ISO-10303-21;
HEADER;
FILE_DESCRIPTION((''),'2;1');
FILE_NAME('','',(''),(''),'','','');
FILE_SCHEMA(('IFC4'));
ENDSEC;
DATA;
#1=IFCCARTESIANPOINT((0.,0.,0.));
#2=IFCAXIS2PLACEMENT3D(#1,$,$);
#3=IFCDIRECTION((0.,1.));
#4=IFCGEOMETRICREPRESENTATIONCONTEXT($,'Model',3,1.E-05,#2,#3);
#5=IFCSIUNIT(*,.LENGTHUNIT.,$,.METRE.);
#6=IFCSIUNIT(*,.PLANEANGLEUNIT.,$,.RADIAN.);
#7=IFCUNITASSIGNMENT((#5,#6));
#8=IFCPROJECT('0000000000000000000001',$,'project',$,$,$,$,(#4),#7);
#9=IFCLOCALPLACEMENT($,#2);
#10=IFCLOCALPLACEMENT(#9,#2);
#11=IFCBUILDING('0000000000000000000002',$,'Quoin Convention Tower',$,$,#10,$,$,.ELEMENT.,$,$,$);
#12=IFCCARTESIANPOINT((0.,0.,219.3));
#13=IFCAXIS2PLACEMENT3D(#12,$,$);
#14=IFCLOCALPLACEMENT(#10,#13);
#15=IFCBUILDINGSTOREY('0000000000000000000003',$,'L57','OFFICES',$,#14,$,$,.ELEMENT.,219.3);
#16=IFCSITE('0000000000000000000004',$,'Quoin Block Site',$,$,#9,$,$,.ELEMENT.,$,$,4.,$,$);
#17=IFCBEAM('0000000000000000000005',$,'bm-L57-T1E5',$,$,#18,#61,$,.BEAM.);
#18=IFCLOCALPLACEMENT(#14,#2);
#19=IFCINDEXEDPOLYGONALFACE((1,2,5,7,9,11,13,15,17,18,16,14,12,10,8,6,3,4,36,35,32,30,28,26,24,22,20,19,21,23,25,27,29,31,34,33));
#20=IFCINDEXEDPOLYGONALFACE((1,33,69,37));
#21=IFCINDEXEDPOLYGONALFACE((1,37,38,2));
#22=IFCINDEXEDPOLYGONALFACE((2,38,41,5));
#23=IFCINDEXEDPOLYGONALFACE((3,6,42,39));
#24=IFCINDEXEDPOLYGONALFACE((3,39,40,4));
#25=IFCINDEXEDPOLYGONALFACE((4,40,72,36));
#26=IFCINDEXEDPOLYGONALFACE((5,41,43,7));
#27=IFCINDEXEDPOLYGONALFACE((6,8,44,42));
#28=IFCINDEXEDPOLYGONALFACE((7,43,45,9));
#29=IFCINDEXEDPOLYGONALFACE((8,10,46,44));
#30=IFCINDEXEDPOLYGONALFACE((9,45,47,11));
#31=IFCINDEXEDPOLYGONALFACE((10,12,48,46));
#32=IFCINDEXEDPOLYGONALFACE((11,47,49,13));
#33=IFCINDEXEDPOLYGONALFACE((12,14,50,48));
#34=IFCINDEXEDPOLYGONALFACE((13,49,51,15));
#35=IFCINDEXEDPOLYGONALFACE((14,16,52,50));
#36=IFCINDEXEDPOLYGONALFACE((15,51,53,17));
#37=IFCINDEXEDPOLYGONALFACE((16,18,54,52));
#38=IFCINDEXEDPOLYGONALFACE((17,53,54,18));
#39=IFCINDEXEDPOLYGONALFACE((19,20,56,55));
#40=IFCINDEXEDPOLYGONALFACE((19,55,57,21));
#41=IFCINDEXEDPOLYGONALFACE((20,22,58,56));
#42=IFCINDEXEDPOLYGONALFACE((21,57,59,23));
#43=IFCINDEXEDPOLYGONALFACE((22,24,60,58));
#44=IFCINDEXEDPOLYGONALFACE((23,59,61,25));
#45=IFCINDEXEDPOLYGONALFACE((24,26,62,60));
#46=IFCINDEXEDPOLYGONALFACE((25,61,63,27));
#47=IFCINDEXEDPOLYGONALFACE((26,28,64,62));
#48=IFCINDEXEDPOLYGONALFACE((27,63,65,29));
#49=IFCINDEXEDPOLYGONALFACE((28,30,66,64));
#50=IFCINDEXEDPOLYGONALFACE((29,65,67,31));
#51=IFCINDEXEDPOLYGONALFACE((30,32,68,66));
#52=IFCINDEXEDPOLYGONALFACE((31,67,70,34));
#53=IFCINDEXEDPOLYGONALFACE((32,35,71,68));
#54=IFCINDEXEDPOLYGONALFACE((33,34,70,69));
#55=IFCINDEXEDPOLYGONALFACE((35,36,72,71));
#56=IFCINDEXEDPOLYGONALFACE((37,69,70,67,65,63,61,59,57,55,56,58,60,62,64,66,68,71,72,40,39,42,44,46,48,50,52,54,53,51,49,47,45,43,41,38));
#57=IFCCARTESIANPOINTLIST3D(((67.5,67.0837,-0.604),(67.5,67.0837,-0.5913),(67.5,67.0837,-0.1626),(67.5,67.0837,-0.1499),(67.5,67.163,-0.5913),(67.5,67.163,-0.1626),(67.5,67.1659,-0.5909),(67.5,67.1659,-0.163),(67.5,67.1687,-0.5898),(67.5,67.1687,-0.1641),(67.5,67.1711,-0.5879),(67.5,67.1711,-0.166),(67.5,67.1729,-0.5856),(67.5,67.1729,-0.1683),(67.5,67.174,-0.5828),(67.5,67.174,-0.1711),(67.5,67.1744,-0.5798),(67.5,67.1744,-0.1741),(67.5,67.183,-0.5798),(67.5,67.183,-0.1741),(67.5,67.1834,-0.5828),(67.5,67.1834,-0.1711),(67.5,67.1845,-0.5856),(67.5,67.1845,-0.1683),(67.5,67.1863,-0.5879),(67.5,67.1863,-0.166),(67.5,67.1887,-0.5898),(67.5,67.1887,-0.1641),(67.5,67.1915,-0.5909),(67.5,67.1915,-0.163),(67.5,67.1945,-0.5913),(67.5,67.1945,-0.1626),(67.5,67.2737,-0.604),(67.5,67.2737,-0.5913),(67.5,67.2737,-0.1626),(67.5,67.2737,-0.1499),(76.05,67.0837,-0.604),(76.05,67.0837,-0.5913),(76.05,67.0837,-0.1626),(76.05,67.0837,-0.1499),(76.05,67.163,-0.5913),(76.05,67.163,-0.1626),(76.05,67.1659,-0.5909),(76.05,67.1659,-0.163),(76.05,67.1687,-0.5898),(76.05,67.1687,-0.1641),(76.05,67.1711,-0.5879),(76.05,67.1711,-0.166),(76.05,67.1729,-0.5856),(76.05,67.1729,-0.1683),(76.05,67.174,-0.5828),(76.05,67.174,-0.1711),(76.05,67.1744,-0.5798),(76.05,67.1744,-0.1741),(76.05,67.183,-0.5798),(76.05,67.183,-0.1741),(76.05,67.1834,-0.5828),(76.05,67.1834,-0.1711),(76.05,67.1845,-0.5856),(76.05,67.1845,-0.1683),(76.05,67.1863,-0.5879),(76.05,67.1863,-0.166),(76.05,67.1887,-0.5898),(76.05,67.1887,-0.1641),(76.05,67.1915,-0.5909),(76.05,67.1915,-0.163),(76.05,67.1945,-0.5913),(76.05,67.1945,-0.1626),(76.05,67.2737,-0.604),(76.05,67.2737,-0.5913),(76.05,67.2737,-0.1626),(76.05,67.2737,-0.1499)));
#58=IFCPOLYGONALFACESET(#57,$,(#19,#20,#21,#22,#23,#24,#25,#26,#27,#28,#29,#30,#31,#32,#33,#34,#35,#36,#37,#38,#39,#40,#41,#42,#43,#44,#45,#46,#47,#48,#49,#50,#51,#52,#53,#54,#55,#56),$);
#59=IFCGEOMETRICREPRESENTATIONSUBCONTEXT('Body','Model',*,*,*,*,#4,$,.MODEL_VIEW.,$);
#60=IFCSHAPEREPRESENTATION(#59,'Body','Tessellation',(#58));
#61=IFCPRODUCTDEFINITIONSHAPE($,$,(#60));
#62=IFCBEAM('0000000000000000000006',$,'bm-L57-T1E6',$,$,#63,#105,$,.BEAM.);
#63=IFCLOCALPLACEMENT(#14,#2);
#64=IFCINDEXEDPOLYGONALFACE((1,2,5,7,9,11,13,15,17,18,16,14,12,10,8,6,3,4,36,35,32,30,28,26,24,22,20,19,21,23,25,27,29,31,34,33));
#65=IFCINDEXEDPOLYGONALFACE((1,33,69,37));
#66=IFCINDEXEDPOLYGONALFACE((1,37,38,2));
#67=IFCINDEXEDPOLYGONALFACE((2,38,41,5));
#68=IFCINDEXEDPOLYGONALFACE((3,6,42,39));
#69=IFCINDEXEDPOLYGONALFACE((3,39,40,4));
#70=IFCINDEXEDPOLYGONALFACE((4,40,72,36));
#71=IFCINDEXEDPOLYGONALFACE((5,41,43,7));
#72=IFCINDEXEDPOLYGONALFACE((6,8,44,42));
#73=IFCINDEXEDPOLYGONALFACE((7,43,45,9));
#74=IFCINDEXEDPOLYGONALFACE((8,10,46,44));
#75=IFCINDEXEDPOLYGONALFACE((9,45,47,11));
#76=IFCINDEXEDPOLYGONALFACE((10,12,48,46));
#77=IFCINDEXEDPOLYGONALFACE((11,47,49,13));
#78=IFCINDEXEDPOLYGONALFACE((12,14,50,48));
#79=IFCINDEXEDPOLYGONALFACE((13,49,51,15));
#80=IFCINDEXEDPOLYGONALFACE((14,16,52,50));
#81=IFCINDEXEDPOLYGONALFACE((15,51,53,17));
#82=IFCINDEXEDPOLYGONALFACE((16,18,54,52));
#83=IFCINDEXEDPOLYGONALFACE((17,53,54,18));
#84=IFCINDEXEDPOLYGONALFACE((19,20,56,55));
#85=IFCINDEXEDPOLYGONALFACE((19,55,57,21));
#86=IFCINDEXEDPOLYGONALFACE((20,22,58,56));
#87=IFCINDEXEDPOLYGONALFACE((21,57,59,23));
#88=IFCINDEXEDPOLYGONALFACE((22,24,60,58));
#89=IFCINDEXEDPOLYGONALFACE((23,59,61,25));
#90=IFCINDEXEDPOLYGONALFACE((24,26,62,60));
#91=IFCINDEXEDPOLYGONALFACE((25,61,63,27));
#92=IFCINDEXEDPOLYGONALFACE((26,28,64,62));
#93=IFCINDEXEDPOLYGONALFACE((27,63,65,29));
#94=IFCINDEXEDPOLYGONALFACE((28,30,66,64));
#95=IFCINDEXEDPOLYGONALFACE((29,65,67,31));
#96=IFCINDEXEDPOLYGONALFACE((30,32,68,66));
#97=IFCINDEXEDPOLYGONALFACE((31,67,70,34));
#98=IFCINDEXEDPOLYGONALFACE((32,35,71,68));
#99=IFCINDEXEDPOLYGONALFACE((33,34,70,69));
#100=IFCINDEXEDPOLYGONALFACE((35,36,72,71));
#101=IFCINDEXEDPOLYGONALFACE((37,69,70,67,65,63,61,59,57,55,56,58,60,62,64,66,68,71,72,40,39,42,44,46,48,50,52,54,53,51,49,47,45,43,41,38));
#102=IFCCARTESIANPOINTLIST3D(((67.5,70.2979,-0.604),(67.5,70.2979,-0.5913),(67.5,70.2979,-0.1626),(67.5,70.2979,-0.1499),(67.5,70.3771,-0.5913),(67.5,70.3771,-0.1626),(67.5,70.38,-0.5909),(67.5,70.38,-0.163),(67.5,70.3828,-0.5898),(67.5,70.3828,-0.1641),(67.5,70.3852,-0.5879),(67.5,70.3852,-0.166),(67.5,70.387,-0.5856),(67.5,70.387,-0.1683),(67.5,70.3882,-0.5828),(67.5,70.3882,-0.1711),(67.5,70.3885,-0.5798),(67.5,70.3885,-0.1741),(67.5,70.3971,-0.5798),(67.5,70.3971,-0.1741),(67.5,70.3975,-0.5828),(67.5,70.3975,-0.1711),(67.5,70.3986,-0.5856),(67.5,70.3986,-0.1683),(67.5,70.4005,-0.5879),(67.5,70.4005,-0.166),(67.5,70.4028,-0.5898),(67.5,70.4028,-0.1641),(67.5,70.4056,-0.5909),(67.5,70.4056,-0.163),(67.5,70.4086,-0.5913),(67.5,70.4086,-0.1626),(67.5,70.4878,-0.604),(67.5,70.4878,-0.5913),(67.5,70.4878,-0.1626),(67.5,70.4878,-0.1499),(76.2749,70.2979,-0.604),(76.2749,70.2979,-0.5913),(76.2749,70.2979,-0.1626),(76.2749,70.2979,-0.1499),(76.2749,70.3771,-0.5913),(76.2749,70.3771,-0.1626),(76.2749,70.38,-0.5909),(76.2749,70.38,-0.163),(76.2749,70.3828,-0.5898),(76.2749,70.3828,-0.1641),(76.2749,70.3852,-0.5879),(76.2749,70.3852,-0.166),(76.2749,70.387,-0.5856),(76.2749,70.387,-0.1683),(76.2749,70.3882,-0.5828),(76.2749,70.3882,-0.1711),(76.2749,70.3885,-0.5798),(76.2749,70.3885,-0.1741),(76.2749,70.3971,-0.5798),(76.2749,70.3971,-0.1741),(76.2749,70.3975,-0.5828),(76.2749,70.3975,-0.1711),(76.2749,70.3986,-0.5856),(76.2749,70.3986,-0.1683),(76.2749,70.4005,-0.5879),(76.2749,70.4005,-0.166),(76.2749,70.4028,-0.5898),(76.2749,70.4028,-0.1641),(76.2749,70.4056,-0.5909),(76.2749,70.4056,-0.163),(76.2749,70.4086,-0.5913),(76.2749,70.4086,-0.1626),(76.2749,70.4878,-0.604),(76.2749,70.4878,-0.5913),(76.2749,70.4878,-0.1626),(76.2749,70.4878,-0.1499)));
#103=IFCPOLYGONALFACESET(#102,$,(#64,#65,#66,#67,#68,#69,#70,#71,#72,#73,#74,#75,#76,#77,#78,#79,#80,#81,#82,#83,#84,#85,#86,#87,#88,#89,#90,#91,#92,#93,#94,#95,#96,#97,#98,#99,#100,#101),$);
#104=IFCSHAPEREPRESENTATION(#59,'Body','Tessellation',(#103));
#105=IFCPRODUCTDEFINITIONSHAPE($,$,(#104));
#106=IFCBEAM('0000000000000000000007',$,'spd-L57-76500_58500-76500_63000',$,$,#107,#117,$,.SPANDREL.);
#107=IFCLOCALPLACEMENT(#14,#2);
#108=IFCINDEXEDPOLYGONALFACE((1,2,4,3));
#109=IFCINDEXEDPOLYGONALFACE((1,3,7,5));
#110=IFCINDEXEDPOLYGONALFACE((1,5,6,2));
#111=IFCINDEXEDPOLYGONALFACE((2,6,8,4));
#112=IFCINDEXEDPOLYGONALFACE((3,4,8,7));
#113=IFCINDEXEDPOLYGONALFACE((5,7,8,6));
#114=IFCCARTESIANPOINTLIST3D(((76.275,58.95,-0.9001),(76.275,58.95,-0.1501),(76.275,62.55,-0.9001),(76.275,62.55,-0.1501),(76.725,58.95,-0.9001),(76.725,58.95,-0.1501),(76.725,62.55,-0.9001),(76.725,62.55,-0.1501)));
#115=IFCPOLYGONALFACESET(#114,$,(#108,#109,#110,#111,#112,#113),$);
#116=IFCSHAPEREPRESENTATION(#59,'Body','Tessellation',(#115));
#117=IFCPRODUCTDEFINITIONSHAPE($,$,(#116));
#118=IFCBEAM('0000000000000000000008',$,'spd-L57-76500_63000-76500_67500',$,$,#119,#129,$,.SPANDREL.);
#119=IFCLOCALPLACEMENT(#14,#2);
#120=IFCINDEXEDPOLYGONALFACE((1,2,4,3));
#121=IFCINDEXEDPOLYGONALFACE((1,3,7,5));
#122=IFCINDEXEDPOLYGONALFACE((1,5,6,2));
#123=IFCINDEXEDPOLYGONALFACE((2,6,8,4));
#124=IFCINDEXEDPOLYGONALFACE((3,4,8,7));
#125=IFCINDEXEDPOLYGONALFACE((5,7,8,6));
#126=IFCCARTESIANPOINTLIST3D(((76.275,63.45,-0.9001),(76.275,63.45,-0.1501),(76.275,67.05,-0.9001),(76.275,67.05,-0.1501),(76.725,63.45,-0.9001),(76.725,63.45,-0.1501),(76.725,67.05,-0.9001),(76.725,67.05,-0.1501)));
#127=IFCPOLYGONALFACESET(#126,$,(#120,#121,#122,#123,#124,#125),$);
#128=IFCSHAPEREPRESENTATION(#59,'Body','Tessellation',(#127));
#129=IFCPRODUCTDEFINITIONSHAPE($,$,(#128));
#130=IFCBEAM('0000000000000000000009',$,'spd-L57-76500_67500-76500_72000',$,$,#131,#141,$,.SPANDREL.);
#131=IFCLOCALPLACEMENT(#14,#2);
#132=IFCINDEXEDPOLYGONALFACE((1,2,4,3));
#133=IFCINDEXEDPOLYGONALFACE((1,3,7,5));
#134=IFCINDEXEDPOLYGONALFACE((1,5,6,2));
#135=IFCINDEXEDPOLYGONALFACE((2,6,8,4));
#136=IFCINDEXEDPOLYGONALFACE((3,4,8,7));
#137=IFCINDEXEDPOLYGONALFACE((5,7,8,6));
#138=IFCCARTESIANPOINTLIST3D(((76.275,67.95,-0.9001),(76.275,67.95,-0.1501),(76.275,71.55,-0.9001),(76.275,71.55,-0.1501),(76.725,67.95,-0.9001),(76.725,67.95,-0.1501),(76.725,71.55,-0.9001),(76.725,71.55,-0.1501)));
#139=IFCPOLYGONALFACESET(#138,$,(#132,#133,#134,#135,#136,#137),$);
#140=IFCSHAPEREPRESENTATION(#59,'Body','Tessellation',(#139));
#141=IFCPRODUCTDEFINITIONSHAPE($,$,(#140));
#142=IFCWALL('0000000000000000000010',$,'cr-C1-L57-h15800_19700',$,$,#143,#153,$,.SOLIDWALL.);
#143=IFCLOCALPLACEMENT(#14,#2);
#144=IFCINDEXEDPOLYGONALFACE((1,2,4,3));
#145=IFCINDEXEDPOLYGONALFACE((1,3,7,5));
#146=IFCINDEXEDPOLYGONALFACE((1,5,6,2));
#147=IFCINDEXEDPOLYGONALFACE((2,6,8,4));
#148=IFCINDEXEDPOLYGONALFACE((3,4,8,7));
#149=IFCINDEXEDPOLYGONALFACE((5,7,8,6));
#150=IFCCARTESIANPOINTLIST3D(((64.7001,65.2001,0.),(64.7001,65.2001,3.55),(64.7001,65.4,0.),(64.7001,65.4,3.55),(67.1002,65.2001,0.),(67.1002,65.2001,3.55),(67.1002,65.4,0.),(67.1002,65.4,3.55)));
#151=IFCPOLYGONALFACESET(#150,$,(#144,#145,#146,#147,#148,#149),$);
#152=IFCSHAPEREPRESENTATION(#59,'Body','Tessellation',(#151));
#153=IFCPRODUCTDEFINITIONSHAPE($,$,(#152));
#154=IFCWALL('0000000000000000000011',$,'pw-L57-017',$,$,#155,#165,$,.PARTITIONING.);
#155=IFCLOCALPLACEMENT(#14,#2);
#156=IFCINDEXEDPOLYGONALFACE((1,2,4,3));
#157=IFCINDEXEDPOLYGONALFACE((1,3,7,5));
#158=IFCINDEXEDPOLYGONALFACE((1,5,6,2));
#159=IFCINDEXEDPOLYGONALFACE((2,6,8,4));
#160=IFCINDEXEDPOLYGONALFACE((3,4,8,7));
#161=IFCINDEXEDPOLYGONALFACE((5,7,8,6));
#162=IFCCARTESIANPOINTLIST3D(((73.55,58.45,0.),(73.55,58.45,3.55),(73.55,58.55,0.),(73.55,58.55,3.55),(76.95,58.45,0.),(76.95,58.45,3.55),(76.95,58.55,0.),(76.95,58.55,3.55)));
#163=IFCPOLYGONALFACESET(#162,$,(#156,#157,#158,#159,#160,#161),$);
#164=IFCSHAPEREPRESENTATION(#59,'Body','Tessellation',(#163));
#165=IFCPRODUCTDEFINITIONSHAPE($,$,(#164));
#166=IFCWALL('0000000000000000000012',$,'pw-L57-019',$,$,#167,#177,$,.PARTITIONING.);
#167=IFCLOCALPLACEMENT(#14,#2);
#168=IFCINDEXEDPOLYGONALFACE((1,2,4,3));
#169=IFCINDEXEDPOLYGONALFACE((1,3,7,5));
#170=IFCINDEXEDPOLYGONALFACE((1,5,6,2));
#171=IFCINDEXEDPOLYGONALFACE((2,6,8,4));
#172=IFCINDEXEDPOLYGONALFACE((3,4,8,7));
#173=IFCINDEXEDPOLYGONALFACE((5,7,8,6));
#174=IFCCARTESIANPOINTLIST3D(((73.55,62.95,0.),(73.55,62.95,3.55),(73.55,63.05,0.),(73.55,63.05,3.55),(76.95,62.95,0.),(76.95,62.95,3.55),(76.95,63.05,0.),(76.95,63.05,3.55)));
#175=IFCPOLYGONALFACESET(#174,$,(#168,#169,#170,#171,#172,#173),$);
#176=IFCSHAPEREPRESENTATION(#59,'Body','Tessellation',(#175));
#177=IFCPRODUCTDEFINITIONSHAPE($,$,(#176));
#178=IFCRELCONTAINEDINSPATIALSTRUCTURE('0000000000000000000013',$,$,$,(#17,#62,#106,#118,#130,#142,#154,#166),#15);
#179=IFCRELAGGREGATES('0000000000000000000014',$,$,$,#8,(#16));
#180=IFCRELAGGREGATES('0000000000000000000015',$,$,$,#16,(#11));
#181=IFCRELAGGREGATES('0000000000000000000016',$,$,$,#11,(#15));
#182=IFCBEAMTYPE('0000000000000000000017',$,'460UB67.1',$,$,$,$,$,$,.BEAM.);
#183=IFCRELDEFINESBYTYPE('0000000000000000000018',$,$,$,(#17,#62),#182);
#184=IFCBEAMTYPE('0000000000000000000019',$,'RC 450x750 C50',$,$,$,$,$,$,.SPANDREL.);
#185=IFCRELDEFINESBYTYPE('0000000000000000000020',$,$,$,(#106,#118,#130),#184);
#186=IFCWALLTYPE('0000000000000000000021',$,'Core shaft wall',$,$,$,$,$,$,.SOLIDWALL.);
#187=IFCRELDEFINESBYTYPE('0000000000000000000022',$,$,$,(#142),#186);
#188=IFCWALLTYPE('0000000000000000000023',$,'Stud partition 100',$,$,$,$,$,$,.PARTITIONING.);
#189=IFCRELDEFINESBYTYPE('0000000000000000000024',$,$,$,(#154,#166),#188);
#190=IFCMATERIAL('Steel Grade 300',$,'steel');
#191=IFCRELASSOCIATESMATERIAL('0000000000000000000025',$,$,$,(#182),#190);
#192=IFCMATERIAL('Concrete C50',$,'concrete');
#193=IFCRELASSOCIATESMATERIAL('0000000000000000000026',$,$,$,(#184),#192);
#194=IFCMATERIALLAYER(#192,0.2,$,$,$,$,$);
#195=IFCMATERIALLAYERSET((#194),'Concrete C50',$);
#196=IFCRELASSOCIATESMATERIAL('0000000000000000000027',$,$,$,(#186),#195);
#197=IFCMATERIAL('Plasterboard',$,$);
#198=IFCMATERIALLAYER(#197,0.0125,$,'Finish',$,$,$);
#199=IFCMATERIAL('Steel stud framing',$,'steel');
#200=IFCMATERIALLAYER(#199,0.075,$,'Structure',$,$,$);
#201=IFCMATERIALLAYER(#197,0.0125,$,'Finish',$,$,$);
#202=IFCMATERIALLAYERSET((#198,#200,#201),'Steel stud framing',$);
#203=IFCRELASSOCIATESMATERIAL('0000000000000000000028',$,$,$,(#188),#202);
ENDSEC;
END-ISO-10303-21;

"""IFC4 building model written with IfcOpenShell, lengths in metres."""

from ifc_helpers import new_model, si_unit, direction, frame, frame_2d, origin, origin_2d, place, context, subcontext, project, spatial, rectangle, i_section, extrude, material, layer, layer_set, material_profile, profile_set, type_object, element, save


model = new_model("IFC4")

# Units and contexts
model_context = context("Model", 3, precision=1e-05, world=origin(), true_north=direction((0.0, 1.0)))
body_context = subcontext(model_context, "Body", "Model", "MODEL_VIEW")
ifc_project = project(units=[si_unit("LENGTHUNIT", "METRE"), si_unit("PLANEANGLEUNIT", "RADIAN")], contexts=[model_context])

# Site, building, storey
site_placement = place(None, origin())
site = spatial("IfcSite", under=ifc_project, at=site_placement, Name="Quoin Block Site", CompositionType="ELEMENT", RefElevation=4.0)
building_placement = place(site_placement, origin())
building = spatial("IfcBuilding", under=site, at=building_placement, Name="Quoin Convention Tower", CompositionType="ELEMENT")
storey_placement = place(building_placement, frame((0.0, 0.0, 219.3)))
storey = spatial("IfcBuildingStorey", under=building, at=storey_placement, Name="L57", Description="OFFICES", CompositionType="ELEMENT", Elevation=219.3)

# Shared definitions
ifc_material_1 = material(Name="Concrete C50", Category="concrete")

# Beams
ifc_material_2 = material(Name="Steel Grade 300", Category="steel")
ifc_material_profile_1 = material_profile(ifc_material_2, i_section(OverallWidth=0.1899, OverallDepth=0.4541, WebThickness=0.0085, FlangeThickness=0.0127, FilletRadius=0.0115, at=origin_2d()), Name="460UB67.1")
ifc_profile_set_1 = profile_set([ifc_material_profile_1], Name="Steel Grade 300")
beam_type_1 = type_object("IfcBeamType", Name="460UB67.1", PredefinedType="BEAM", material=ifc_profile_set_1)
beam_1_placement = place(storey_placement, frame((67.5, 67.1787, -0.377), z_axis=(1.0, 0.0, 0.0), x_axis=(0.0, 1.0, 0.0)))
element("IfcBeam", 1, at=beam_1_placement, inside=storey, type_object=beam_type_1, Name="bm-L57-T1E5", PredefinedType="BEAM", context=body_context, shape_type="SweptSolid", body=[
    extrude(i_section(OverallWidth=0.1899, OverallDepth=0.4541, WebThickness=0.0085, FlangeThickness=0.0127, FilletRadius=0.0115, at=origin_2d()), origin(), (0.0, 0.0, 1.0), 8.55),
])
beam_2_placement = place(storey_placement, frame((67.5, 70.3928, -0.377), z_axis=(1.0, 0.0, 0.0), x_axis=(0.0, 1.0, 0.0)))
element("IfcBeam", 2, at=beam_2_placement, inside=storey, type_object=beam_type_1, Name="bm-L57-T1E6", PredefinedType="BEAM", context=body_context, shape_type="SweptSolid", body=[
    extrude(i_section(OverallWidth=0.1899, OverallDepth=0.4541, WebThickness=0.0085, FlangeThickness=0.0127, FilletRadius=0.0115, at=origin_2d()), origin(), (0.0, 0.0, 1.0), 8.7749),
])
ifc_material_profile_2 = material_profile(ifc_material_1, rectangle(XDim=0.45, YDim=0.75, at=origin_2d()), Name="RC 450x750")
ifc_profile_set_2 = profile_set([ifc_material_profile_2], Name="Concrete C50")
beam_type_2 = type_object("IfcBeamType", Name="RC 450x750 C50", PredefinedType="SPANDREL", material=ifc_profile_set_2)
for number, where, z_axis, x_axis, name in (
    (3, (76.5, 58.95, -0.5251), (0.0, 1.0, 0.0), (-1.0, 0.0, 0.0), "spd-L57-76500_58500-76500_63000"),
    (4, (76.5, 63.45, -0.5251), (0.0, 1.0, 0.0), (-1.0, 0.0, 0.0), "spd-L57-76500_63000-76500_67500"),
    (5, (76.5, 67.95, -0.5251), (0.0, 1.0, 0.0), (-1.0, 0.0, 0.0), "spd-L57-76500_67500-76500_72000"),
):
    element("IfcBeam", number, at=place(storey_placement, frame(where, z_axis=z_axis, x_axis=x_axis)), inside=storey, type_object=beam_type_2, Name=name, PredefinedType="SPANDREL", context=body_context, shape_type="SweptSolid", body=[
        extrude(rectangle(XDim=0.45, YDim=0.75, at=origin_2d()), origin(), (0.0, 0.0, 1.0), 3.6001),
    ])

# Walls
ifc_layer_1 = layer(ifc_material_1, 0.2)
ifc_layer_set_1 = layer_set([ifc_layer_1], Name="Concrete C50")
wall_type_1 = type_object("IfcWallType", Name="Core shaft wall", PredefinedType="SOLIDWALL", material=ifc_layer_set_1)
wall_1_placement = place(storey_placement, frame((64.7, 65.3, 0.0), z_axis=(0.0, 0.0, 1.0), x_axis=(1.0, 0.0, 0.0)))
element("IfcWall", 6, at=wall_1_placement, inside=storey, type_object=wall_type_1, Name="cr-C1-L57-h15800_19700", PredefinedType="SOLIDWALL", context=body_context, shape_type="SweptSolid", body=[
    extrude(rectangle(XDim=2.4001, YDim=0.2, at=frame_2d((1.2002, 0.0))), origin(), (0.0, 0.0, 1.0), 3.55),
])
ifc_material_3 = material(Name="Plasterboard")
ifc_layer_2 = layer(ifc_material_3, 0.0125, Name="Finish")
ifc_material_4 = material(Name="Steel stud framing", Category="steel")
ifc_layer_3 = layer(ifc_material_4, 0.075, Name="Structure")
ifc_layer_4 = layer(ifc_material_3, 0.0125, Name="Finish")
ifc_layer_set_2 = layer_set([ifc_layer_2, ifc_layer_3, ifc_layer_4], Name="Steel stud framing")
wall_type_2 = type_object("IfcWallType", Name="Stud partition 100", PredefinedType="PARTITIONING", material=ifc_layer_set_2)
for number, where, z_axis, x_axis, name in (
    (7, (73.55, 58.5, 0.0), (0.0, 0.0, 1.0), (1.0, 0.0, 0.0), "pw-L57-017"),
    (8, (73.55, 63.0, 0.0), (0.0, 0.0, 1.0), (1.0, 0.0, 0.0), "pw-L57-019"),
):
    element("IfcWall", number, at=place(storey_placement, frame(where, z_axis=z_axis, x_axis=x_axis)), inside=storey, type_object=wall_type_2, Name=name, PredefinedType="PARTITIONING", context=body_context, shape_type="SweptSolid", body=[
        extrude(rectangle(XDim=3.3999, YDim=0.1001, at=frame_2d((1.7, 0.0))), origin(), (0.0, 0.0, 1.0), 3.55),
    ])

save(model, "model.ifc")
